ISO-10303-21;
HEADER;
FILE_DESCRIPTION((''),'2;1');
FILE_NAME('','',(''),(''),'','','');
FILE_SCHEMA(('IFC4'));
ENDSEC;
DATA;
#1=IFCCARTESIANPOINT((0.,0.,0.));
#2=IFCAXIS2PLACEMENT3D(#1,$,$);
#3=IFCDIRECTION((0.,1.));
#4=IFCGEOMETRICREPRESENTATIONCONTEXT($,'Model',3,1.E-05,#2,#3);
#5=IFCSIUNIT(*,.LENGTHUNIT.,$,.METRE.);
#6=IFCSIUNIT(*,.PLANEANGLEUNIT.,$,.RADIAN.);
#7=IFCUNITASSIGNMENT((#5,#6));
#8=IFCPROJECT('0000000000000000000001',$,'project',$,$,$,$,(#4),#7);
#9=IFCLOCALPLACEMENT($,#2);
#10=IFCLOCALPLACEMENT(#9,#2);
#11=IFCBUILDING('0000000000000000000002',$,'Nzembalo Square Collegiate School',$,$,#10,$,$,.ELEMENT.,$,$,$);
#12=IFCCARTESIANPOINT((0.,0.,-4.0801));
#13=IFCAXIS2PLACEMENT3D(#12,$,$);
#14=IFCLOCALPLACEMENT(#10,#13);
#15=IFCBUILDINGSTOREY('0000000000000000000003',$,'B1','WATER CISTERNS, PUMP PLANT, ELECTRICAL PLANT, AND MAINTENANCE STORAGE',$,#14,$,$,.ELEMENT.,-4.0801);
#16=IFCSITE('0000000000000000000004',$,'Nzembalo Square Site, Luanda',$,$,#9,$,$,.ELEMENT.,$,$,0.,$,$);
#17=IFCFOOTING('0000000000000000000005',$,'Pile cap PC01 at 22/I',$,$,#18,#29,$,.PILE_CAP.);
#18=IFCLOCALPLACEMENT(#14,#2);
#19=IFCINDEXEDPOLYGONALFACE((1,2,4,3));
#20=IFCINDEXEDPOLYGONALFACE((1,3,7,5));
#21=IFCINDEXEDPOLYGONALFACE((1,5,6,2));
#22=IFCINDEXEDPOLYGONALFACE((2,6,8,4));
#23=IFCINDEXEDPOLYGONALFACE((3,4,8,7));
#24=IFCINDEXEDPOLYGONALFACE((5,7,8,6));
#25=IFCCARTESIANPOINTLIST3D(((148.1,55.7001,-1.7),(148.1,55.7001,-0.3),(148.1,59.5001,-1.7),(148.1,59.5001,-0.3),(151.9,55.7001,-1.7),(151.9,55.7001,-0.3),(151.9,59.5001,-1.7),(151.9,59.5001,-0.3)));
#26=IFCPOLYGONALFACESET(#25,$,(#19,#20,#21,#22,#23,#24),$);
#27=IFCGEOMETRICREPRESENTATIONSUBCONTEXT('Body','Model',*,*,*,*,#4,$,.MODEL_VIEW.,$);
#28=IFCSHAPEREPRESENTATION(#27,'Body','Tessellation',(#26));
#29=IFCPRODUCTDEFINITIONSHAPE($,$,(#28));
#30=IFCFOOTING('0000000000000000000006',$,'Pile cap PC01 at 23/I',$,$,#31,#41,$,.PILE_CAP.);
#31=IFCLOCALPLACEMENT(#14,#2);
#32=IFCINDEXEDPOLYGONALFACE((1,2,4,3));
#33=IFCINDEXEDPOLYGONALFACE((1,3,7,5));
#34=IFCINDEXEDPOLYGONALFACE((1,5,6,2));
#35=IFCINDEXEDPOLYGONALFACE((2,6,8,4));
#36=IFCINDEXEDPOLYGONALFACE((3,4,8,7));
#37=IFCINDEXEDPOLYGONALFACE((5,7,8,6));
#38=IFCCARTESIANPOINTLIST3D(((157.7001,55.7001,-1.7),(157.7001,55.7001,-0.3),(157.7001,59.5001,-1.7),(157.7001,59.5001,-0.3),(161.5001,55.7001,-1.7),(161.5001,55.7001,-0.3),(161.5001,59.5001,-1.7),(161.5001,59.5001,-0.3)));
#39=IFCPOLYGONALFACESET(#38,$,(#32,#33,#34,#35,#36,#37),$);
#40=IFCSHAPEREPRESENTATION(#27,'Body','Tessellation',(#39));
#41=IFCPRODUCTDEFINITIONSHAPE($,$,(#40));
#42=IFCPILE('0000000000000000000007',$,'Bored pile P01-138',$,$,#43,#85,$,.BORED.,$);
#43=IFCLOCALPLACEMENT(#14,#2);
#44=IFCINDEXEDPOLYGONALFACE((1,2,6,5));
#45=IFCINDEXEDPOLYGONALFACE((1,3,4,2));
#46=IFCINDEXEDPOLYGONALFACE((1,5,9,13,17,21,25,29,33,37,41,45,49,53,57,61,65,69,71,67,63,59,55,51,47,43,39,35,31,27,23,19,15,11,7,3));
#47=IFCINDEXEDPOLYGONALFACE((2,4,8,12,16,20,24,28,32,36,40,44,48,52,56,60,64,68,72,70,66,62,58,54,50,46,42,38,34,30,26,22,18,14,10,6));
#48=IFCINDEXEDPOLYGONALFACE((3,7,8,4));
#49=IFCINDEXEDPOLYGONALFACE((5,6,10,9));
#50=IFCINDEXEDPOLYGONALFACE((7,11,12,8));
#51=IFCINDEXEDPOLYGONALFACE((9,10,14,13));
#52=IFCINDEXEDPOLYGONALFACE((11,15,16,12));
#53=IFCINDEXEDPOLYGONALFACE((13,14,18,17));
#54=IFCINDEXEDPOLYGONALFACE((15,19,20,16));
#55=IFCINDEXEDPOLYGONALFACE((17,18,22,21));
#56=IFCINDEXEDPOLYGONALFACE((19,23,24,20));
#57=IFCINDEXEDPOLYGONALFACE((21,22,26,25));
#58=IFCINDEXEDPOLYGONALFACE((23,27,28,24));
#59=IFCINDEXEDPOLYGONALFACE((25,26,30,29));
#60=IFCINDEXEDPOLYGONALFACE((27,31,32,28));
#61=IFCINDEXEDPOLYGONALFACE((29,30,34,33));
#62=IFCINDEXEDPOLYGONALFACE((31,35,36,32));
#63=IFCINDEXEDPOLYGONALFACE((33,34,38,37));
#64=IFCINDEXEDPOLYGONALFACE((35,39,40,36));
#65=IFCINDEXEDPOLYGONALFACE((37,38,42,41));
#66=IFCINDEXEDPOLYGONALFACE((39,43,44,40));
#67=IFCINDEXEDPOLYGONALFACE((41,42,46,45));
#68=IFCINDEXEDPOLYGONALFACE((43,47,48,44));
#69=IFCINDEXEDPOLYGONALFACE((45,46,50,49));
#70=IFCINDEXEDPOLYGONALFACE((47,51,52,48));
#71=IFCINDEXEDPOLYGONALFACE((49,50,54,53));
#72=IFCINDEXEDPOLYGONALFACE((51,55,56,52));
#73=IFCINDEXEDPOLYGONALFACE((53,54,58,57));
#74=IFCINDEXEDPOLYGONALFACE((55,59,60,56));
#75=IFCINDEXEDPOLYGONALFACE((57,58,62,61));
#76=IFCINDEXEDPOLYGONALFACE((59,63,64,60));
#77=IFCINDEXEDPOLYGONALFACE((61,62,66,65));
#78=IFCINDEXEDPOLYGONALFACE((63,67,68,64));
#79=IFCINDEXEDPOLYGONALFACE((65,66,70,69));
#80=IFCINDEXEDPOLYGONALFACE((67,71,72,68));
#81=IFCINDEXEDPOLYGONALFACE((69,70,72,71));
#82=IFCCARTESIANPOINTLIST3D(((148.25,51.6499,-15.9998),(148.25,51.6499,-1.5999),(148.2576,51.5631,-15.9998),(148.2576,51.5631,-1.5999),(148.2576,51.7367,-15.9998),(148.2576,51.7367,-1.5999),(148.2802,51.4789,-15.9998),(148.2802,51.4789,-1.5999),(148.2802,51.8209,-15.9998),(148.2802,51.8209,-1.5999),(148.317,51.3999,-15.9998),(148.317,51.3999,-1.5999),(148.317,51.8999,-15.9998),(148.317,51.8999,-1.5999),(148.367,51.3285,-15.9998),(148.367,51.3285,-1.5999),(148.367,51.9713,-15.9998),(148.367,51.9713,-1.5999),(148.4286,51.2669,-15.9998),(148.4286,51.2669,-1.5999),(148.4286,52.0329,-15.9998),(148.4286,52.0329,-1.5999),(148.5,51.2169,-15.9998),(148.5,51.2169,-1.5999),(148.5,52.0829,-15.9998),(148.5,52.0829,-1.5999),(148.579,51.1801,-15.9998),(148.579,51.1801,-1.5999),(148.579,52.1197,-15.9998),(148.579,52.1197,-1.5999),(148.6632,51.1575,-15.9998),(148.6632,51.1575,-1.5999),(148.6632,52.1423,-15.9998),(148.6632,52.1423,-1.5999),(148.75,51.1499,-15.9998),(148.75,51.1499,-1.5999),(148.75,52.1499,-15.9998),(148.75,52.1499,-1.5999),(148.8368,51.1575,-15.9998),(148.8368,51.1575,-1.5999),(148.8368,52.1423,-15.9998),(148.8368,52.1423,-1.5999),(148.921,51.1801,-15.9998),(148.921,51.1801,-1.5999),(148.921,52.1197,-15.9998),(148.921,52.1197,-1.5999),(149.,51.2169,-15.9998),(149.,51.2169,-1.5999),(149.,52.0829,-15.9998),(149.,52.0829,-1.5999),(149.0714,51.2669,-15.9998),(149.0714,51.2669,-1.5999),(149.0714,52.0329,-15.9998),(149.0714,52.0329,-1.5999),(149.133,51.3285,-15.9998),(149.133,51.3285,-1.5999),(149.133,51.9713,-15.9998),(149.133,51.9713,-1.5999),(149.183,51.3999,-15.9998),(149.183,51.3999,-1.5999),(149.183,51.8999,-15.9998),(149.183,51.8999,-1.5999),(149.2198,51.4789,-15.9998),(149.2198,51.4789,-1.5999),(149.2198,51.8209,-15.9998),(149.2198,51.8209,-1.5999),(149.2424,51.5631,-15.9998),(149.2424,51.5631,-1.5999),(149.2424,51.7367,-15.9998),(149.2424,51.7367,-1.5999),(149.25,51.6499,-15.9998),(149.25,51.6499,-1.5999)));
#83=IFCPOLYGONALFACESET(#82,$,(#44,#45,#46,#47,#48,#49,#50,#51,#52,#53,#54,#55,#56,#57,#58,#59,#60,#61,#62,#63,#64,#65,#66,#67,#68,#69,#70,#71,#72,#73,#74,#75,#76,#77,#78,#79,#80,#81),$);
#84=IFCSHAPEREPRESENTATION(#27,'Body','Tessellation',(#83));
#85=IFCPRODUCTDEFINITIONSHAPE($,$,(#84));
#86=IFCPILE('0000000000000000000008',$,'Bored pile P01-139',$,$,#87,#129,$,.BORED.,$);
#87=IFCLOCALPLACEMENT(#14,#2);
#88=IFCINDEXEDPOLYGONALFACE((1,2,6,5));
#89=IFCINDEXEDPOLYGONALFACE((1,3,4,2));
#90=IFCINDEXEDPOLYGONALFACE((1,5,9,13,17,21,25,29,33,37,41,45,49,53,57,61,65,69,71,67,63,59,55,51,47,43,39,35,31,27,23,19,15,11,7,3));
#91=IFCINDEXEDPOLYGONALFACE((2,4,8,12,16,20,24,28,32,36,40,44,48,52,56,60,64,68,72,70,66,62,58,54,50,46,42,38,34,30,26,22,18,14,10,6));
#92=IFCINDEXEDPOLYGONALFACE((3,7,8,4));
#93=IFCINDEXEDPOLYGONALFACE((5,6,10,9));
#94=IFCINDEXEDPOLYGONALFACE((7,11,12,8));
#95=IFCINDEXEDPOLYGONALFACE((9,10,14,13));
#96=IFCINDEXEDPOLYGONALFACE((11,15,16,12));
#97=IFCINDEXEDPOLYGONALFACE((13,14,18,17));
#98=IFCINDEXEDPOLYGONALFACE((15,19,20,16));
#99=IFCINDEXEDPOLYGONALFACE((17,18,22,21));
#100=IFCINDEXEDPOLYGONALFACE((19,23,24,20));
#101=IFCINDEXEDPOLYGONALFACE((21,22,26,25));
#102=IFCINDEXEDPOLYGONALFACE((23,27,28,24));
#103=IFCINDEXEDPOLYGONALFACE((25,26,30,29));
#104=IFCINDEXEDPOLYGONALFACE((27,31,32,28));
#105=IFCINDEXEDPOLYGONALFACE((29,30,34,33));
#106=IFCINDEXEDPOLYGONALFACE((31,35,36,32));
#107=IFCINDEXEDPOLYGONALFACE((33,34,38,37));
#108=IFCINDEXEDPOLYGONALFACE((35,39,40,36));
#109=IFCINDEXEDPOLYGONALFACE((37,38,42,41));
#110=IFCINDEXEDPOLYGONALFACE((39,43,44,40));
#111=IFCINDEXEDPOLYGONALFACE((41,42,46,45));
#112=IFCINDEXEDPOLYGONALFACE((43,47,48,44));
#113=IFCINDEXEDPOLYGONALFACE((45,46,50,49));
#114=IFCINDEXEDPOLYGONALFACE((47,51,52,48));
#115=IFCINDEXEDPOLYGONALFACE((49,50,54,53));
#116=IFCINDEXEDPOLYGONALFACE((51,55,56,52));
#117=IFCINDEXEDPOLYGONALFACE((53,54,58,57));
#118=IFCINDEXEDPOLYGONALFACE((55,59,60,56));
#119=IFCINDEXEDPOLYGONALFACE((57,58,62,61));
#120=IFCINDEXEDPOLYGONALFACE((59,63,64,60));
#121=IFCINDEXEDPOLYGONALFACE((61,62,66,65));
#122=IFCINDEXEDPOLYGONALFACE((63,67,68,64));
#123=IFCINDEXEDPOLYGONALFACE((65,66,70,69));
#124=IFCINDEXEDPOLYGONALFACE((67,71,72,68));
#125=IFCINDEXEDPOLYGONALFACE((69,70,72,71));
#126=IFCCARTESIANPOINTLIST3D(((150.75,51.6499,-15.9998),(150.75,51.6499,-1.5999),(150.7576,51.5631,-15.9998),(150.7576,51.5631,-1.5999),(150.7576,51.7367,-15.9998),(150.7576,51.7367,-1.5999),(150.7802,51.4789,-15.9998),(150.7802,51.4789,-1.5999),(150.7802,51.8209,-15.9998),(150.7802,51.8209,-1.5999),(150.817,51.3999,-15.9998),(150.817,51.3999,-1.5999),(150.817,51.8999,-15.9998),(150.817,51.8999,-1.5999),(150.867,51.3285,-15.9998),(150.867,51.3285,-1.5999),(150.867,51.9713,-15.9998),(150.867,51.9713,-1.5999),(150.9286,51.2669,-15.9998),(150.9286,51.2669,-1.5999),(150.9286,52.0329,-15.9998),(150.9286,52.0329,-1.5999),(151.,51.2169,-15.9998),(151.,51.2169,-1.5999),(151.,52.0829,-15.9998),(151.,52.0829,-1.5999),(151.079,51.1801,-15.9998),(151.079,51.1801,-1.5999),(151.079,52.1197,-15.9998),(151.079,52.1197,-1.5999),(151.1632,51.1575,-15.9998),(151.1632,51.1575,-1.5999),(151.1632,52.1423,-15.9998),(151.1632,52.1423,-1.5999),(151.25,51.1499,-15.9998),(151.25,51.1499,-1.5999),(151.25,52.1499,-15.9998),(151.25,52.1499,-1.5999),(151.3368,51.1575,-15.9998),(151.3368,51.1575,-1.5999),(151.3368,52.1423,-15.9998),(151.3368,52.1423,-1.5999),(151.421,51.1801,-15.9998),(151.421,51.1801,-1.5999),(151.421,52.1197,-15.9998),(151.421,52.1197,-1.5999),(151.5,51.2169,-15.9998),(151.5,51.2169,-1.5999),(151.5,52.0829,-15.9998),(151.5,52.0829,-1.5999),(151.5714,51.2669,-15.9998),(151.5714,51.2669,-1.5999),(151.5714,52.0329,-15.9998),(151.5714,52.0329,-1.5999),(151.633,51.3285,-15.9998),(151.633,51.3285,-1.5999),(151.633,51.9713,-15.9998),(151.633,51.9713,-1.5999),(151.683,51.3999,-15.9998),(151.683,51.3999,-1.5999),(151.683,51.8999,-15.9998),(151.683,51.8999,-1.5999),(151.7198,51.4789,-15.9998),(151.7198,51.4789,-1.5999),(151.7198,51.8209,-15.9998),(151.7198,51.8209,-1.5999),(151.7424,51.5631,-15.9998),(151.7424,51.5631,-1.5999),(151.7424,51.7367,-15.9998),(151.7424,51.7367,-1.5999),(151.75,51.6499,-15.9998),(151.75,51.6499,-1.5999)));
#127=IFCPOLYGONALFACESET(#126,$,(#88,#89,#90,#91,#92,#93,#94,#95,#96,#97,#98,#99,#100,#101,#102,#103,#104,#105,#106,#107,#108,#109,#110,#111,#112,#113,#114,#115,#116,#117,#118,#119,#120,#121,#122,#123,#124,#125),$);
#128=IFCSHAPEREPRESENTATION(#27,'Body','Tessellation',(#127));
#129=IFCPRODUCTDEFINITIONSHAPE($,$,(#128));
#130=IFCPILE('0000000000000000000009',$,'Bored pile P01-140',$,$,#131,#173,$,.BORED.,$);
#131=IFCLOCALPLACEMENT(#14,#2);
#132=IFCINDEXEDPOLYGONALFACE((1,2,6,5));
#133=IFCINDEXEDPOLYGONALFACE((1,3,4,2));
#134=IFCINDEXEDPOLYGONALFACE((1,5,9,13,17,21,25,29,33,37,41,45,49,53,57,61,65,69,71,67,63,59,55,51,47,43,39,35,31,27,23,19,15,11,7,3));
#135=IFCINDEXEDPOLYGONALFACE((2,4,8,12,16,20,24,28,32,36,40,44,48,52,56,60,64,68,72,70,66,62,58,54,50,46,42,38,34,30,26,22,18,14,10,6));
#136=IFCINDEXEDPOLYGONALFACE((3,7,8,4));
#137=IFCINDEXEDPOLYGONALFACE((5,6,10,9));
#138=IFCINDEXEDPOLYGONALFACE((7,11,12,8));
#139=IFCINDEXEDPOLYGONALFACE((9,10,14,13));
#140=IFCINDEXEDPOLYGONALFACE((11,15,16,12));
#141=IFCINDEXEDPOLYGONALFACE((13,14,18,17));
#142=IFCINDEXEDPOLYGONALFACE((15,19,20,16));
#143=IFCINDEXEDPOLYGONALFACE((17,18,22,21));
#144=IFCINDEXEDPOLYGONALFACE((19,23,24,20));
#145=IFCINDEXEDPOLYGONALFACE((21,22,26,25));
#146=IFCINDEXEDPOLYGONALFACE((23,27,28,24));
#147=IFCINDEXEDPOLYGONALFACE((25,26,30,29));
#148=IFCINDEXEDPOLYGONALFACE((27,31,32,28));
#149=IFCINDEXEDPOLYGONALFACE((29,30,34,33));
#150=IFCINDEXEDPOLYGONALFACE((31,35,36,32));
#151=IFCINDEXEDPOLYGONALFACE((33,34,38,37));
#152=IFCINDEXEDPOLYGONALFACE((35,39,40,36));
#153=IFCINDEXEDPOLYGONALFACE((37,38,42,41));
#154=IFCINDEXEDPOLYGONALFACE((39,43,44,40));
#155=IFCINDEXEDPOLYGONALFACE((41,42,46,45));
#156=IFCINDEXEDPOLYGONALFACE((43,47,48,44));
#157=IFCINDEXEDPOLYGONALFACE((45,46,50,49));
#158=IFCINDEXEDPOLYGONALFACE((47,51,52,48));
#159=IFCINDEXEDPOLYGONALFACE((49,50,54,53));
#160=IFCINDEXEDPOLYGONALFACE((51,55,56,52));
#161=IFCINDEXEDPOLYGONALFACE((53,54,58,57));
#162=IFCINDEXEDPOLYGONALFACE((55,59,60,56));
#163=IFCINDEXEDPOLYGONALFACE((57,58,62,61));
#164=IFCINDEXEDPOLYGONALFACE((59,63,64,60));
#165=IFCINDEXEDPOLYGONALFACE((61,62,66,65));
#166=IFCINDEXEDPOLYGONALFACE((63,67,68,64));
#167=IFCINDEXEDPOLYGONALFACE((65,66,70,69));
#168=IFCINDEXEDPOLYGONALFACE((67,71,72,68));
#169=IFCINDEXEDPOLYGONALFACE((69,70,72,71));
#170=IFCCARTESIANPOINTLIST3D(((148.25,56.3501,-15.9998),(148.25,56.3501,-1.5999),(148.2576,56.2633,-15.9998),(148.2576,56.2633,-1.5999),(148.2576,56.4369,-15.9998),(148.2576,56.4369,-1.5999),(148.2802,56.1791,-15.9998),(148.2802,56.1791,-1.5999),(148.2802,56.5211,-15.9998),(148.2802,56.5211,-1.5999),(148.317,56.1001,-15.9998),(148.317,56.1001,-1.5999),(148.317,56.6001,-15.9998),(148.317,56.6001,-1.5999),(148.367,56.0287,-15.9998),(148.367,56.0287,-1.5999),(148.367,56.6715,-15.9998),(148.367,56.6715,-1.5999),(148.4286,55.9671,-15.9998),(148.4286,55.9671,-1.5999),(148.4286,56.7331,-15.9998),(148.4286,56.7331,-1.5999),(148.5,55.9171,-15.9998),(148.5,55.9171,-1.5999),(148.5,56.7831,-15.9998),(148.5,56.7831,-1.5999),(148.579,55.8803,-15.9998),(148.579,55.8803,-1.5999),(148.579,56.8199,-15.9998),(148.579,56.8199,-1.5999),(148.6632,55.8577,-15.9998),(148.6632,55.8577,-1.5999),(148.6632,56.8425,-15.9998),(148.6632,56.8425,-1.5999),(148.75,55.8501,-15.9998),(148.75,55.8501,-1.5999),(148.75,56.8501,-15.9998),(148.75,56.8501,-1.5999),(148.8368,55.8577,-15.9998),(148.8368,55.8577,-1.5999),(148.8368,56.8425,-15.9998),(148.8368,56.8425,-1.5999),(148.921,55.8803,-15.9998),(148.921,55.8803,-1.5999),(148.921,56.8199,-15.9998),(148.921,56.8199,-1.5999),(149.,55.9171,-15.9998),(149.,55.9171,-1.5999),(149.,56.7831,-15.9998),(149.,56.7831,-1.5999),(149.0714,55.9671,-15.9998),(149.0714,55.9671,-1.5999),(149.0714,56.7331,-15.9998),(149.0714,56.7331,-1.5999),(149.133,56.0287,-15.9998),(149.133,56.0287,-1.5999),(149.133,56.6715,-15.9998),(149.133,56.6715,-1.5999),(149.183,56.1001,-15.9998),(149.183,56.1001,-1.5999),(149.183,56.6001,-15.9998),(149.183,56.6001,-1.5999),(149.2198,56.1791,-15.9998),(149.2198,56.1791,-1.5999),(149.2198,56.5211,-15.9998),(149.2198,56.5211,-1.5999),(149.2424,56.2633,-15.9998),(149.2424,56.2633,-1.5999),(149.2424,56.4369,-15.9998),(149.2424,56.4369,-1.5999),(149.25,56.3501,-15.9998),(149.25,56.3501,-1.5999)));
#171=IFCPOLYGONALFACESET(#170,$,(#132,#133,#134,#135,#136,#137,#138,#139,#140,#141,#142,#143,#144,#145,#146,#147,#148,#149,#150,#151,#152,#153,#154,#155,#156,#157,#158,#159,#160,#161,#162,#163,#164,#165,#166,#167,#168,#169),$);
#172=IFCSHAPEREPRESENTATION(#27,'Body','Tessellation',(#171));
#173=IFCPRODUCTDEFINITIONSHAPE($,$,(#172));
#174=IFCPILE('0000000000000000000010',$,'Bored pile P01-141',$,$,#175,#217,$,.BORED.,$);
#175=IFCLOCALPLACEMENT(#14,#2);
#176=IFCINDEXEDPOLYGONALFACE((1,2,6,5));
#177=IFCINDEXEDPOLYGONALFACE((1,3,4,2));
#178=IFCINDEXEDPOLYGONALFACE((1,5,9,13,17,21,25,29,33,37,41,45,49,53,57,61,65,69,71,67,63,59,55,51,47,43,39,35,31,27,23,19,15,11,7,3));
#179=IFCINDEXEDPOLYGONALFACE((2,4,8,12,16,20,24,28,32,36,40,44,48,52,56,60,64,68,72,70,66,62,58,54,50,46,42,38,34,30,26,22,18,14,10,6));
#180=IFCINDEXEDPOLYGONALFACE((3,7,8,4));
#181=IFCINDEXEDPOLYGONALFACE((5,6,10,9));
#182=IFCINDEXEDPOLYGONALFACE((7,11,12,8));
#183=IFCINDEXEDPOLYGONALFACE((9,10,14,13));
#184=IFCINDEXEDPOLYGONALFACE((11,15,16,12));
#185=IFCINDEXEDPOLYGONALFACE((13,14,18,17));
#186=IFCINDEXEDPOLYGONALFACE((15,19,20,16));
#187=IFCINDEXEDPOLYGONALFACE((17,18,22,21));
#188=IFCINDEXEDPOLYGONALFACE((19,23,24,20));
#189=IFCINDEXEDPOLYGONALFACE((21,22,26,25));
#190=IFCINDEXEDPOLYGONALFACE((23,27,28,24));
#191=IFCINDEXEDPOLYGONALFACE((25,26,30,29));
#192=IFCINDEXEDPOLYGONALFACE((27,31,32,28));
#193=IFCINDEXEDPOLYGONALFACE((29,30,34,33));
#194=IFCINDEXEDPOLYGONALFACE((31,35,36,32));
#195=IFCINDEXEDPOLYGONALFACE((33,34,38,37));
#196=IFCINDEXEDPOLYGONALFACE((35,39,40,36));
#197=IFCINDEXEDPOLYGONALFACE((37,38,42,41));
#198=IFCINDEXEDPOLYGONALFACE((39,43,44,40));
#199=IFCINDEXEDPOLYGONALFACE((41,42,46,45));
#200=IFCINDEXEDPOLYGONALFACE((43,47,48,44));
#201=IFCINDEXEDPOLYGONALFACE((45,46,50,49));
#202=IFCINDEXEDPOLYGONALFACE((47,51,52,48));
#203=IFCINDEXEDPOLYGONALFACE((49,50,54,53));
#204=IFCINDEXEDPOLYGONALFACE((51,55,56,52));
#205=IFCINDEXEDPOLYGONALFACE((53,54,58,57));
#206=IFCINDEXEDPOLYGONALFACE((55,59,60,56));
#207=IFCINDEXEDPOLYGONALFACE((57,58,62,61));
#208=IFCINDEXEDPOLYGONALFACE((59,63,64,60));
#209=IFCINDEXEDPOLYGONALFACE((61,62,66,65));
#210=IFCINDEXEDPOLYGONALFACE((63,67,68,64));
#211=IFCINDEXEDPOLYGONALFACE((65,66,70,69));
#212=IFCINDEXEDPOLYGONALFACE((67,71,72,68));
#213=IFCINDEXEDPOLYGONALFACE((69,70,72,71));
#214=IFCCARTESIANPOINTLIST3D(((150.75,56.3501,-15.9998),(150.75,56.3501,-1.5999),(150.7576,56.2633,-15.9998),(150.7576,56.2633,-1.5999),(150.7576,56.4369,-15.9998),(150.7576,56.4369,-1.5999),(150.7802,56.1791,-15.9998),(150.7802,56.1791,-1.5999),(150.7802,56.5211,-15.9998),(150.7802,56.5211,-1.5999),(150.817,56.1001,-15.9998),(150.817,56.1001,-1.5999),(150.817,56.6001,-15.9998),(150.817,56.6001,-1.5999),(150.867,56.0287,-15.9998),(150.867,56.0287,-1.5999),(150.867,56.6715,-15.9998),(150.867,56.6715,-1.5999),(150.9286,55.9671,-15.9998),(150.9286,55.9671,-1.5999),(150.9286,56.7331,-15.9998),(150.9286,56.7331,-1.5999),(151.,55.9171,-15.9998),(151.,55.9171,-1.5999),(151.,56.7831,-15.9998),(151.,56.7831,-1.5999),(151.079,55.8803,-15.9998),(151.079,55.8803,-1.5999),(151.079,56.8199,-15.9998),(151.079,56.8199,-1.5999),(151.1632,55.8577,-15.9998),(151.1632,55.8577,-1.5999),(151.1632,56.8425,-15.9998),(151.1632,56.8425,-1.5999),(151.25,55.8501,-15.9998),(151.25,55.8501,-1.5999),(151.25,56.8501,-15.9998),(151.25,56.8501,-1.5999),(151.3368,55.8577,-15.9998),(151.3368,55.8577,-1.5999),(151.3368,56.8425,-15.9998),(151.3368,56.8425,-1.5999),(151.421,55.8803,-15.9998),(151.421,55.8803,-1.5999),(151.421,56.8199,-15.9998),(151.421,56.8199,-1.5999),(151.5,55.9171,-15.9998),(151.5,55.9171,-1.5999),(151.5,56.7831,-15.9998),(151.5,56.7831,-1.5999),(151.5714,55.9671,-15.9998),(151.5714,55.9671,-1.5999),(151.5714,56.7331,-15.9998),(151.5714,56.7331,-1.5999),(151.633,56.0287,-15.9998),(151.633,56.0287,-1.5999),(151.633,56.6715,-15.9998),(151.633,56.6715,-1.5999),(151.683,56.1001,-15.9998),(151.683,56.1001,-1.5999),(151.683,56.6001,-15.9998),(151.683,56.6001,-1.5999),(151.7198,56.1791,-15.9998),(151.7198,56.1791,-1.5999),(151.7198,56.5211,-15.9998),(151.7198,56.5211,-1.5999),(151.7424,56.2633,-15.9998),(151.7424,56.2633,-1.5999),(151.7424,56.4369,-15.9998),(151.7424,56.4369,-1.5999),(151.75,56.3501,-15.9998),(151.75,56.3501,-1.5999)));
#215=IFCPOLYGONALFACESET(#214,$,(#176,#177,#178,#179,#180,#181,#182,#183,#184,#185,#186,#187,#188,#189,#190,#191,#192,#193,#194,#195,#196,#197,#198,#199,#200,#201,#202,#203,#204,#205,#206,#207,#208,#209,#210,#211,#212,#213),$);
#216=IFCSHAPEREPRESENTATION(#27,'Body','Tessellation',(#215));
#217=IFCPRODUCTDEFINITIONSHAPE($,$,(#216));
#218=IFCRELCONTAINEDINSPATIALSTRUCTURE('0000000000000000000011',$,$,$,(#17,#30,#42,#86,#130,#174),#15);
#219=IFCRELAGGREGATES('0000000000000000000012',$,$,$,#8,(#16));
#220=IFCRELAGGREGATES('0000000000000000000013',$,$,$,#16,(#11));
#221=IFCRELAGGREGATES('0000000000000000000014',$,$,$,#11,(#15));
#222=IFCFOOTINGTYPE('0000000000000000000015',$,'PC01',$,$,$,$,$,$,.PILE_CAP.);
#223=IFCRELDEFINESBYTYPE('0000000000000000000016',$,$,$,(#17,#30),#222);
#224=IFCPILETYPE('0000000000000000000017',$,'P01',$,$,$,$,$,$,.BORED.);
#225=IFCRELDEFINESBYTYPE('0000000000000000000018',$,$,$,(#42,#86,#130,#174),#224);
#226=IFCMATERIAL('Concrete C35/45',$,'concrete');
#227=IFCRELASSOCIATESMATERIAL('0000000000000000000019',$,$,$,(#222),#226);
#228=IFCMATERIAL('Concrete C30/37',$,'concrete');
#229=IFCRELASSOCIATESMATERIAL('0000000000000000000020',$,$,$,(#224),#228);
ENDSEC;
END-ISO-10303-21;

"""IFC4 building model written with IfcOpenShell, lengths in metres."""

from ifc_helpers import new_model, si_unit, direction, frame, origin, origin_2d, place, context, subcontext, project, spatial, rectangle, circle, extrude, material, material_profile, profile_set, type_object, element, save


model = new_model("IFC4")

# Units and contexts
model_context = context("Model", 3, precision=1e-05, world=origin(), true_north=direction((0.0, 1.0)))
body_context = subcontext(model_context, "Body", "Model", "MODEL_VIEW")
ifc_project = project(units=[si_unit("LENGTHUNIT", "METRE"), si_unit("PLANEANGLEUNIT", "RADIAN")], contexts=[model_context])

# Site, building, storey
site_placement = place(None, origin())
site = spatial("IfcSite", under=ifc_project, at=site_placement, Name="Nzembalo Square Site, Luanda", CompositionType="ELEMENT", RefElevation=0.0)
building_placement = place(site_placement, origin())
building = spatial("IfcBuilding", under=site, at=building_placement, Name="Nzembalo Square Collegiate School", CompositionType="ELEMENT")
storey_placement = place(building_placement, frame((0.0, 0.0, -4.0801)))
storey = spatial("IfcBuildingStorey", under=building, at=storey_placement, Name="B1", Description="WATER CISTERNS, PUMP PLANT, ELECTRICAL PLANT, AND MAINTENANCE STORAGE", CompositionType="ELEMENT", Elevation=-4.0801)

# Footings
ifc_material_1 = material(Name="Concrete C35/45", Category="concrete")
footing_type = type_object("IfcFootingType", Name="PC01", PredefinedType="PILE_CAP", material=ifc_material_1)
for number, where, z_axis, x_axis, name in (
    (1, (150.0, 57.6001, -1.7), (0.0, 0.0, 1.0), (1.0, 0.0, 0.0), "Pile cap PC01 at 22/I"),
    (2, (159.6001, 57.6001, -1.7), (0.0, 0.0, 1.0), (1.0, 0.0, 0.0), "Pile cap PC01 at 23/I"),
):
    element("IfcFooting", number, at=place(storey_placement, frame(where, z_axis=z_axis, x_axis=x_axis)), inside=storey, type_object=footing_type, Name=name, PredefinedType="PILE_CAP", context=body_context, shape_type="SweptSolid", body=[
        extrude(rectangle(XDim=3.8, YDim=3.8, at=origin_2d()), origin(), (0.0, 0.0, 1.0), 1.3999),
    ])

# Piles
ifc_material_2 = material(Name="Concrete C30/37", Category="concrete")
ifc_material_profile_1 = material_profile(ifc_material_2, circle(Radius=0.5, at=origin_2d()), Name="PILE D1000")
ifc_profile_set_1 = profile_set([ifc_material_profile_1], Name="Concrete C30/37")
pile_type_1 = type_object("IfcPileType", Name="P01", PredefinedType="BORED", material=ifc_profile_set_1)
for number, where, z_axis, x_axis, name in (
    (3, (148.75, 51.6499, -1.5999), (0.0, 0.0, -1.0), (1.0, 0.0, 0.0), "Bored pile P01-138"),
    (4, (151.25, 51.6499, -1.5999), (0.0, 0.0, -1.0), (1.0, 0.0, 0.0), "Bored pile P01-139"),
    (5, (148.75, 56.3501, -1.5999), (0.0, 0.0, -1.0), (1.0, 0.0, 0.0), "Bored pile P01-140"),
    (6, (151.25, 56.3501, -1.5999), (0.0, 0.0, -1.0), (1.0, 0.0, 0.0), "Bored pile P01-141"),
):
    element("IfcPile", number, at=place(storey_placement, frame(where, z_axis=z_axis, x_axis=x_axis)), inside=storey, type_object=pile_type_1, Name=name, PredefinedType="BORED", context=body_context, shape_type="SweptSolid", body=[
        extrude(circle(Radius=0.5, at=origin_2d()), origin(), (0.0, 0.0, 1.0), 14.3999),
    ])

save(model, "model.ifc")
